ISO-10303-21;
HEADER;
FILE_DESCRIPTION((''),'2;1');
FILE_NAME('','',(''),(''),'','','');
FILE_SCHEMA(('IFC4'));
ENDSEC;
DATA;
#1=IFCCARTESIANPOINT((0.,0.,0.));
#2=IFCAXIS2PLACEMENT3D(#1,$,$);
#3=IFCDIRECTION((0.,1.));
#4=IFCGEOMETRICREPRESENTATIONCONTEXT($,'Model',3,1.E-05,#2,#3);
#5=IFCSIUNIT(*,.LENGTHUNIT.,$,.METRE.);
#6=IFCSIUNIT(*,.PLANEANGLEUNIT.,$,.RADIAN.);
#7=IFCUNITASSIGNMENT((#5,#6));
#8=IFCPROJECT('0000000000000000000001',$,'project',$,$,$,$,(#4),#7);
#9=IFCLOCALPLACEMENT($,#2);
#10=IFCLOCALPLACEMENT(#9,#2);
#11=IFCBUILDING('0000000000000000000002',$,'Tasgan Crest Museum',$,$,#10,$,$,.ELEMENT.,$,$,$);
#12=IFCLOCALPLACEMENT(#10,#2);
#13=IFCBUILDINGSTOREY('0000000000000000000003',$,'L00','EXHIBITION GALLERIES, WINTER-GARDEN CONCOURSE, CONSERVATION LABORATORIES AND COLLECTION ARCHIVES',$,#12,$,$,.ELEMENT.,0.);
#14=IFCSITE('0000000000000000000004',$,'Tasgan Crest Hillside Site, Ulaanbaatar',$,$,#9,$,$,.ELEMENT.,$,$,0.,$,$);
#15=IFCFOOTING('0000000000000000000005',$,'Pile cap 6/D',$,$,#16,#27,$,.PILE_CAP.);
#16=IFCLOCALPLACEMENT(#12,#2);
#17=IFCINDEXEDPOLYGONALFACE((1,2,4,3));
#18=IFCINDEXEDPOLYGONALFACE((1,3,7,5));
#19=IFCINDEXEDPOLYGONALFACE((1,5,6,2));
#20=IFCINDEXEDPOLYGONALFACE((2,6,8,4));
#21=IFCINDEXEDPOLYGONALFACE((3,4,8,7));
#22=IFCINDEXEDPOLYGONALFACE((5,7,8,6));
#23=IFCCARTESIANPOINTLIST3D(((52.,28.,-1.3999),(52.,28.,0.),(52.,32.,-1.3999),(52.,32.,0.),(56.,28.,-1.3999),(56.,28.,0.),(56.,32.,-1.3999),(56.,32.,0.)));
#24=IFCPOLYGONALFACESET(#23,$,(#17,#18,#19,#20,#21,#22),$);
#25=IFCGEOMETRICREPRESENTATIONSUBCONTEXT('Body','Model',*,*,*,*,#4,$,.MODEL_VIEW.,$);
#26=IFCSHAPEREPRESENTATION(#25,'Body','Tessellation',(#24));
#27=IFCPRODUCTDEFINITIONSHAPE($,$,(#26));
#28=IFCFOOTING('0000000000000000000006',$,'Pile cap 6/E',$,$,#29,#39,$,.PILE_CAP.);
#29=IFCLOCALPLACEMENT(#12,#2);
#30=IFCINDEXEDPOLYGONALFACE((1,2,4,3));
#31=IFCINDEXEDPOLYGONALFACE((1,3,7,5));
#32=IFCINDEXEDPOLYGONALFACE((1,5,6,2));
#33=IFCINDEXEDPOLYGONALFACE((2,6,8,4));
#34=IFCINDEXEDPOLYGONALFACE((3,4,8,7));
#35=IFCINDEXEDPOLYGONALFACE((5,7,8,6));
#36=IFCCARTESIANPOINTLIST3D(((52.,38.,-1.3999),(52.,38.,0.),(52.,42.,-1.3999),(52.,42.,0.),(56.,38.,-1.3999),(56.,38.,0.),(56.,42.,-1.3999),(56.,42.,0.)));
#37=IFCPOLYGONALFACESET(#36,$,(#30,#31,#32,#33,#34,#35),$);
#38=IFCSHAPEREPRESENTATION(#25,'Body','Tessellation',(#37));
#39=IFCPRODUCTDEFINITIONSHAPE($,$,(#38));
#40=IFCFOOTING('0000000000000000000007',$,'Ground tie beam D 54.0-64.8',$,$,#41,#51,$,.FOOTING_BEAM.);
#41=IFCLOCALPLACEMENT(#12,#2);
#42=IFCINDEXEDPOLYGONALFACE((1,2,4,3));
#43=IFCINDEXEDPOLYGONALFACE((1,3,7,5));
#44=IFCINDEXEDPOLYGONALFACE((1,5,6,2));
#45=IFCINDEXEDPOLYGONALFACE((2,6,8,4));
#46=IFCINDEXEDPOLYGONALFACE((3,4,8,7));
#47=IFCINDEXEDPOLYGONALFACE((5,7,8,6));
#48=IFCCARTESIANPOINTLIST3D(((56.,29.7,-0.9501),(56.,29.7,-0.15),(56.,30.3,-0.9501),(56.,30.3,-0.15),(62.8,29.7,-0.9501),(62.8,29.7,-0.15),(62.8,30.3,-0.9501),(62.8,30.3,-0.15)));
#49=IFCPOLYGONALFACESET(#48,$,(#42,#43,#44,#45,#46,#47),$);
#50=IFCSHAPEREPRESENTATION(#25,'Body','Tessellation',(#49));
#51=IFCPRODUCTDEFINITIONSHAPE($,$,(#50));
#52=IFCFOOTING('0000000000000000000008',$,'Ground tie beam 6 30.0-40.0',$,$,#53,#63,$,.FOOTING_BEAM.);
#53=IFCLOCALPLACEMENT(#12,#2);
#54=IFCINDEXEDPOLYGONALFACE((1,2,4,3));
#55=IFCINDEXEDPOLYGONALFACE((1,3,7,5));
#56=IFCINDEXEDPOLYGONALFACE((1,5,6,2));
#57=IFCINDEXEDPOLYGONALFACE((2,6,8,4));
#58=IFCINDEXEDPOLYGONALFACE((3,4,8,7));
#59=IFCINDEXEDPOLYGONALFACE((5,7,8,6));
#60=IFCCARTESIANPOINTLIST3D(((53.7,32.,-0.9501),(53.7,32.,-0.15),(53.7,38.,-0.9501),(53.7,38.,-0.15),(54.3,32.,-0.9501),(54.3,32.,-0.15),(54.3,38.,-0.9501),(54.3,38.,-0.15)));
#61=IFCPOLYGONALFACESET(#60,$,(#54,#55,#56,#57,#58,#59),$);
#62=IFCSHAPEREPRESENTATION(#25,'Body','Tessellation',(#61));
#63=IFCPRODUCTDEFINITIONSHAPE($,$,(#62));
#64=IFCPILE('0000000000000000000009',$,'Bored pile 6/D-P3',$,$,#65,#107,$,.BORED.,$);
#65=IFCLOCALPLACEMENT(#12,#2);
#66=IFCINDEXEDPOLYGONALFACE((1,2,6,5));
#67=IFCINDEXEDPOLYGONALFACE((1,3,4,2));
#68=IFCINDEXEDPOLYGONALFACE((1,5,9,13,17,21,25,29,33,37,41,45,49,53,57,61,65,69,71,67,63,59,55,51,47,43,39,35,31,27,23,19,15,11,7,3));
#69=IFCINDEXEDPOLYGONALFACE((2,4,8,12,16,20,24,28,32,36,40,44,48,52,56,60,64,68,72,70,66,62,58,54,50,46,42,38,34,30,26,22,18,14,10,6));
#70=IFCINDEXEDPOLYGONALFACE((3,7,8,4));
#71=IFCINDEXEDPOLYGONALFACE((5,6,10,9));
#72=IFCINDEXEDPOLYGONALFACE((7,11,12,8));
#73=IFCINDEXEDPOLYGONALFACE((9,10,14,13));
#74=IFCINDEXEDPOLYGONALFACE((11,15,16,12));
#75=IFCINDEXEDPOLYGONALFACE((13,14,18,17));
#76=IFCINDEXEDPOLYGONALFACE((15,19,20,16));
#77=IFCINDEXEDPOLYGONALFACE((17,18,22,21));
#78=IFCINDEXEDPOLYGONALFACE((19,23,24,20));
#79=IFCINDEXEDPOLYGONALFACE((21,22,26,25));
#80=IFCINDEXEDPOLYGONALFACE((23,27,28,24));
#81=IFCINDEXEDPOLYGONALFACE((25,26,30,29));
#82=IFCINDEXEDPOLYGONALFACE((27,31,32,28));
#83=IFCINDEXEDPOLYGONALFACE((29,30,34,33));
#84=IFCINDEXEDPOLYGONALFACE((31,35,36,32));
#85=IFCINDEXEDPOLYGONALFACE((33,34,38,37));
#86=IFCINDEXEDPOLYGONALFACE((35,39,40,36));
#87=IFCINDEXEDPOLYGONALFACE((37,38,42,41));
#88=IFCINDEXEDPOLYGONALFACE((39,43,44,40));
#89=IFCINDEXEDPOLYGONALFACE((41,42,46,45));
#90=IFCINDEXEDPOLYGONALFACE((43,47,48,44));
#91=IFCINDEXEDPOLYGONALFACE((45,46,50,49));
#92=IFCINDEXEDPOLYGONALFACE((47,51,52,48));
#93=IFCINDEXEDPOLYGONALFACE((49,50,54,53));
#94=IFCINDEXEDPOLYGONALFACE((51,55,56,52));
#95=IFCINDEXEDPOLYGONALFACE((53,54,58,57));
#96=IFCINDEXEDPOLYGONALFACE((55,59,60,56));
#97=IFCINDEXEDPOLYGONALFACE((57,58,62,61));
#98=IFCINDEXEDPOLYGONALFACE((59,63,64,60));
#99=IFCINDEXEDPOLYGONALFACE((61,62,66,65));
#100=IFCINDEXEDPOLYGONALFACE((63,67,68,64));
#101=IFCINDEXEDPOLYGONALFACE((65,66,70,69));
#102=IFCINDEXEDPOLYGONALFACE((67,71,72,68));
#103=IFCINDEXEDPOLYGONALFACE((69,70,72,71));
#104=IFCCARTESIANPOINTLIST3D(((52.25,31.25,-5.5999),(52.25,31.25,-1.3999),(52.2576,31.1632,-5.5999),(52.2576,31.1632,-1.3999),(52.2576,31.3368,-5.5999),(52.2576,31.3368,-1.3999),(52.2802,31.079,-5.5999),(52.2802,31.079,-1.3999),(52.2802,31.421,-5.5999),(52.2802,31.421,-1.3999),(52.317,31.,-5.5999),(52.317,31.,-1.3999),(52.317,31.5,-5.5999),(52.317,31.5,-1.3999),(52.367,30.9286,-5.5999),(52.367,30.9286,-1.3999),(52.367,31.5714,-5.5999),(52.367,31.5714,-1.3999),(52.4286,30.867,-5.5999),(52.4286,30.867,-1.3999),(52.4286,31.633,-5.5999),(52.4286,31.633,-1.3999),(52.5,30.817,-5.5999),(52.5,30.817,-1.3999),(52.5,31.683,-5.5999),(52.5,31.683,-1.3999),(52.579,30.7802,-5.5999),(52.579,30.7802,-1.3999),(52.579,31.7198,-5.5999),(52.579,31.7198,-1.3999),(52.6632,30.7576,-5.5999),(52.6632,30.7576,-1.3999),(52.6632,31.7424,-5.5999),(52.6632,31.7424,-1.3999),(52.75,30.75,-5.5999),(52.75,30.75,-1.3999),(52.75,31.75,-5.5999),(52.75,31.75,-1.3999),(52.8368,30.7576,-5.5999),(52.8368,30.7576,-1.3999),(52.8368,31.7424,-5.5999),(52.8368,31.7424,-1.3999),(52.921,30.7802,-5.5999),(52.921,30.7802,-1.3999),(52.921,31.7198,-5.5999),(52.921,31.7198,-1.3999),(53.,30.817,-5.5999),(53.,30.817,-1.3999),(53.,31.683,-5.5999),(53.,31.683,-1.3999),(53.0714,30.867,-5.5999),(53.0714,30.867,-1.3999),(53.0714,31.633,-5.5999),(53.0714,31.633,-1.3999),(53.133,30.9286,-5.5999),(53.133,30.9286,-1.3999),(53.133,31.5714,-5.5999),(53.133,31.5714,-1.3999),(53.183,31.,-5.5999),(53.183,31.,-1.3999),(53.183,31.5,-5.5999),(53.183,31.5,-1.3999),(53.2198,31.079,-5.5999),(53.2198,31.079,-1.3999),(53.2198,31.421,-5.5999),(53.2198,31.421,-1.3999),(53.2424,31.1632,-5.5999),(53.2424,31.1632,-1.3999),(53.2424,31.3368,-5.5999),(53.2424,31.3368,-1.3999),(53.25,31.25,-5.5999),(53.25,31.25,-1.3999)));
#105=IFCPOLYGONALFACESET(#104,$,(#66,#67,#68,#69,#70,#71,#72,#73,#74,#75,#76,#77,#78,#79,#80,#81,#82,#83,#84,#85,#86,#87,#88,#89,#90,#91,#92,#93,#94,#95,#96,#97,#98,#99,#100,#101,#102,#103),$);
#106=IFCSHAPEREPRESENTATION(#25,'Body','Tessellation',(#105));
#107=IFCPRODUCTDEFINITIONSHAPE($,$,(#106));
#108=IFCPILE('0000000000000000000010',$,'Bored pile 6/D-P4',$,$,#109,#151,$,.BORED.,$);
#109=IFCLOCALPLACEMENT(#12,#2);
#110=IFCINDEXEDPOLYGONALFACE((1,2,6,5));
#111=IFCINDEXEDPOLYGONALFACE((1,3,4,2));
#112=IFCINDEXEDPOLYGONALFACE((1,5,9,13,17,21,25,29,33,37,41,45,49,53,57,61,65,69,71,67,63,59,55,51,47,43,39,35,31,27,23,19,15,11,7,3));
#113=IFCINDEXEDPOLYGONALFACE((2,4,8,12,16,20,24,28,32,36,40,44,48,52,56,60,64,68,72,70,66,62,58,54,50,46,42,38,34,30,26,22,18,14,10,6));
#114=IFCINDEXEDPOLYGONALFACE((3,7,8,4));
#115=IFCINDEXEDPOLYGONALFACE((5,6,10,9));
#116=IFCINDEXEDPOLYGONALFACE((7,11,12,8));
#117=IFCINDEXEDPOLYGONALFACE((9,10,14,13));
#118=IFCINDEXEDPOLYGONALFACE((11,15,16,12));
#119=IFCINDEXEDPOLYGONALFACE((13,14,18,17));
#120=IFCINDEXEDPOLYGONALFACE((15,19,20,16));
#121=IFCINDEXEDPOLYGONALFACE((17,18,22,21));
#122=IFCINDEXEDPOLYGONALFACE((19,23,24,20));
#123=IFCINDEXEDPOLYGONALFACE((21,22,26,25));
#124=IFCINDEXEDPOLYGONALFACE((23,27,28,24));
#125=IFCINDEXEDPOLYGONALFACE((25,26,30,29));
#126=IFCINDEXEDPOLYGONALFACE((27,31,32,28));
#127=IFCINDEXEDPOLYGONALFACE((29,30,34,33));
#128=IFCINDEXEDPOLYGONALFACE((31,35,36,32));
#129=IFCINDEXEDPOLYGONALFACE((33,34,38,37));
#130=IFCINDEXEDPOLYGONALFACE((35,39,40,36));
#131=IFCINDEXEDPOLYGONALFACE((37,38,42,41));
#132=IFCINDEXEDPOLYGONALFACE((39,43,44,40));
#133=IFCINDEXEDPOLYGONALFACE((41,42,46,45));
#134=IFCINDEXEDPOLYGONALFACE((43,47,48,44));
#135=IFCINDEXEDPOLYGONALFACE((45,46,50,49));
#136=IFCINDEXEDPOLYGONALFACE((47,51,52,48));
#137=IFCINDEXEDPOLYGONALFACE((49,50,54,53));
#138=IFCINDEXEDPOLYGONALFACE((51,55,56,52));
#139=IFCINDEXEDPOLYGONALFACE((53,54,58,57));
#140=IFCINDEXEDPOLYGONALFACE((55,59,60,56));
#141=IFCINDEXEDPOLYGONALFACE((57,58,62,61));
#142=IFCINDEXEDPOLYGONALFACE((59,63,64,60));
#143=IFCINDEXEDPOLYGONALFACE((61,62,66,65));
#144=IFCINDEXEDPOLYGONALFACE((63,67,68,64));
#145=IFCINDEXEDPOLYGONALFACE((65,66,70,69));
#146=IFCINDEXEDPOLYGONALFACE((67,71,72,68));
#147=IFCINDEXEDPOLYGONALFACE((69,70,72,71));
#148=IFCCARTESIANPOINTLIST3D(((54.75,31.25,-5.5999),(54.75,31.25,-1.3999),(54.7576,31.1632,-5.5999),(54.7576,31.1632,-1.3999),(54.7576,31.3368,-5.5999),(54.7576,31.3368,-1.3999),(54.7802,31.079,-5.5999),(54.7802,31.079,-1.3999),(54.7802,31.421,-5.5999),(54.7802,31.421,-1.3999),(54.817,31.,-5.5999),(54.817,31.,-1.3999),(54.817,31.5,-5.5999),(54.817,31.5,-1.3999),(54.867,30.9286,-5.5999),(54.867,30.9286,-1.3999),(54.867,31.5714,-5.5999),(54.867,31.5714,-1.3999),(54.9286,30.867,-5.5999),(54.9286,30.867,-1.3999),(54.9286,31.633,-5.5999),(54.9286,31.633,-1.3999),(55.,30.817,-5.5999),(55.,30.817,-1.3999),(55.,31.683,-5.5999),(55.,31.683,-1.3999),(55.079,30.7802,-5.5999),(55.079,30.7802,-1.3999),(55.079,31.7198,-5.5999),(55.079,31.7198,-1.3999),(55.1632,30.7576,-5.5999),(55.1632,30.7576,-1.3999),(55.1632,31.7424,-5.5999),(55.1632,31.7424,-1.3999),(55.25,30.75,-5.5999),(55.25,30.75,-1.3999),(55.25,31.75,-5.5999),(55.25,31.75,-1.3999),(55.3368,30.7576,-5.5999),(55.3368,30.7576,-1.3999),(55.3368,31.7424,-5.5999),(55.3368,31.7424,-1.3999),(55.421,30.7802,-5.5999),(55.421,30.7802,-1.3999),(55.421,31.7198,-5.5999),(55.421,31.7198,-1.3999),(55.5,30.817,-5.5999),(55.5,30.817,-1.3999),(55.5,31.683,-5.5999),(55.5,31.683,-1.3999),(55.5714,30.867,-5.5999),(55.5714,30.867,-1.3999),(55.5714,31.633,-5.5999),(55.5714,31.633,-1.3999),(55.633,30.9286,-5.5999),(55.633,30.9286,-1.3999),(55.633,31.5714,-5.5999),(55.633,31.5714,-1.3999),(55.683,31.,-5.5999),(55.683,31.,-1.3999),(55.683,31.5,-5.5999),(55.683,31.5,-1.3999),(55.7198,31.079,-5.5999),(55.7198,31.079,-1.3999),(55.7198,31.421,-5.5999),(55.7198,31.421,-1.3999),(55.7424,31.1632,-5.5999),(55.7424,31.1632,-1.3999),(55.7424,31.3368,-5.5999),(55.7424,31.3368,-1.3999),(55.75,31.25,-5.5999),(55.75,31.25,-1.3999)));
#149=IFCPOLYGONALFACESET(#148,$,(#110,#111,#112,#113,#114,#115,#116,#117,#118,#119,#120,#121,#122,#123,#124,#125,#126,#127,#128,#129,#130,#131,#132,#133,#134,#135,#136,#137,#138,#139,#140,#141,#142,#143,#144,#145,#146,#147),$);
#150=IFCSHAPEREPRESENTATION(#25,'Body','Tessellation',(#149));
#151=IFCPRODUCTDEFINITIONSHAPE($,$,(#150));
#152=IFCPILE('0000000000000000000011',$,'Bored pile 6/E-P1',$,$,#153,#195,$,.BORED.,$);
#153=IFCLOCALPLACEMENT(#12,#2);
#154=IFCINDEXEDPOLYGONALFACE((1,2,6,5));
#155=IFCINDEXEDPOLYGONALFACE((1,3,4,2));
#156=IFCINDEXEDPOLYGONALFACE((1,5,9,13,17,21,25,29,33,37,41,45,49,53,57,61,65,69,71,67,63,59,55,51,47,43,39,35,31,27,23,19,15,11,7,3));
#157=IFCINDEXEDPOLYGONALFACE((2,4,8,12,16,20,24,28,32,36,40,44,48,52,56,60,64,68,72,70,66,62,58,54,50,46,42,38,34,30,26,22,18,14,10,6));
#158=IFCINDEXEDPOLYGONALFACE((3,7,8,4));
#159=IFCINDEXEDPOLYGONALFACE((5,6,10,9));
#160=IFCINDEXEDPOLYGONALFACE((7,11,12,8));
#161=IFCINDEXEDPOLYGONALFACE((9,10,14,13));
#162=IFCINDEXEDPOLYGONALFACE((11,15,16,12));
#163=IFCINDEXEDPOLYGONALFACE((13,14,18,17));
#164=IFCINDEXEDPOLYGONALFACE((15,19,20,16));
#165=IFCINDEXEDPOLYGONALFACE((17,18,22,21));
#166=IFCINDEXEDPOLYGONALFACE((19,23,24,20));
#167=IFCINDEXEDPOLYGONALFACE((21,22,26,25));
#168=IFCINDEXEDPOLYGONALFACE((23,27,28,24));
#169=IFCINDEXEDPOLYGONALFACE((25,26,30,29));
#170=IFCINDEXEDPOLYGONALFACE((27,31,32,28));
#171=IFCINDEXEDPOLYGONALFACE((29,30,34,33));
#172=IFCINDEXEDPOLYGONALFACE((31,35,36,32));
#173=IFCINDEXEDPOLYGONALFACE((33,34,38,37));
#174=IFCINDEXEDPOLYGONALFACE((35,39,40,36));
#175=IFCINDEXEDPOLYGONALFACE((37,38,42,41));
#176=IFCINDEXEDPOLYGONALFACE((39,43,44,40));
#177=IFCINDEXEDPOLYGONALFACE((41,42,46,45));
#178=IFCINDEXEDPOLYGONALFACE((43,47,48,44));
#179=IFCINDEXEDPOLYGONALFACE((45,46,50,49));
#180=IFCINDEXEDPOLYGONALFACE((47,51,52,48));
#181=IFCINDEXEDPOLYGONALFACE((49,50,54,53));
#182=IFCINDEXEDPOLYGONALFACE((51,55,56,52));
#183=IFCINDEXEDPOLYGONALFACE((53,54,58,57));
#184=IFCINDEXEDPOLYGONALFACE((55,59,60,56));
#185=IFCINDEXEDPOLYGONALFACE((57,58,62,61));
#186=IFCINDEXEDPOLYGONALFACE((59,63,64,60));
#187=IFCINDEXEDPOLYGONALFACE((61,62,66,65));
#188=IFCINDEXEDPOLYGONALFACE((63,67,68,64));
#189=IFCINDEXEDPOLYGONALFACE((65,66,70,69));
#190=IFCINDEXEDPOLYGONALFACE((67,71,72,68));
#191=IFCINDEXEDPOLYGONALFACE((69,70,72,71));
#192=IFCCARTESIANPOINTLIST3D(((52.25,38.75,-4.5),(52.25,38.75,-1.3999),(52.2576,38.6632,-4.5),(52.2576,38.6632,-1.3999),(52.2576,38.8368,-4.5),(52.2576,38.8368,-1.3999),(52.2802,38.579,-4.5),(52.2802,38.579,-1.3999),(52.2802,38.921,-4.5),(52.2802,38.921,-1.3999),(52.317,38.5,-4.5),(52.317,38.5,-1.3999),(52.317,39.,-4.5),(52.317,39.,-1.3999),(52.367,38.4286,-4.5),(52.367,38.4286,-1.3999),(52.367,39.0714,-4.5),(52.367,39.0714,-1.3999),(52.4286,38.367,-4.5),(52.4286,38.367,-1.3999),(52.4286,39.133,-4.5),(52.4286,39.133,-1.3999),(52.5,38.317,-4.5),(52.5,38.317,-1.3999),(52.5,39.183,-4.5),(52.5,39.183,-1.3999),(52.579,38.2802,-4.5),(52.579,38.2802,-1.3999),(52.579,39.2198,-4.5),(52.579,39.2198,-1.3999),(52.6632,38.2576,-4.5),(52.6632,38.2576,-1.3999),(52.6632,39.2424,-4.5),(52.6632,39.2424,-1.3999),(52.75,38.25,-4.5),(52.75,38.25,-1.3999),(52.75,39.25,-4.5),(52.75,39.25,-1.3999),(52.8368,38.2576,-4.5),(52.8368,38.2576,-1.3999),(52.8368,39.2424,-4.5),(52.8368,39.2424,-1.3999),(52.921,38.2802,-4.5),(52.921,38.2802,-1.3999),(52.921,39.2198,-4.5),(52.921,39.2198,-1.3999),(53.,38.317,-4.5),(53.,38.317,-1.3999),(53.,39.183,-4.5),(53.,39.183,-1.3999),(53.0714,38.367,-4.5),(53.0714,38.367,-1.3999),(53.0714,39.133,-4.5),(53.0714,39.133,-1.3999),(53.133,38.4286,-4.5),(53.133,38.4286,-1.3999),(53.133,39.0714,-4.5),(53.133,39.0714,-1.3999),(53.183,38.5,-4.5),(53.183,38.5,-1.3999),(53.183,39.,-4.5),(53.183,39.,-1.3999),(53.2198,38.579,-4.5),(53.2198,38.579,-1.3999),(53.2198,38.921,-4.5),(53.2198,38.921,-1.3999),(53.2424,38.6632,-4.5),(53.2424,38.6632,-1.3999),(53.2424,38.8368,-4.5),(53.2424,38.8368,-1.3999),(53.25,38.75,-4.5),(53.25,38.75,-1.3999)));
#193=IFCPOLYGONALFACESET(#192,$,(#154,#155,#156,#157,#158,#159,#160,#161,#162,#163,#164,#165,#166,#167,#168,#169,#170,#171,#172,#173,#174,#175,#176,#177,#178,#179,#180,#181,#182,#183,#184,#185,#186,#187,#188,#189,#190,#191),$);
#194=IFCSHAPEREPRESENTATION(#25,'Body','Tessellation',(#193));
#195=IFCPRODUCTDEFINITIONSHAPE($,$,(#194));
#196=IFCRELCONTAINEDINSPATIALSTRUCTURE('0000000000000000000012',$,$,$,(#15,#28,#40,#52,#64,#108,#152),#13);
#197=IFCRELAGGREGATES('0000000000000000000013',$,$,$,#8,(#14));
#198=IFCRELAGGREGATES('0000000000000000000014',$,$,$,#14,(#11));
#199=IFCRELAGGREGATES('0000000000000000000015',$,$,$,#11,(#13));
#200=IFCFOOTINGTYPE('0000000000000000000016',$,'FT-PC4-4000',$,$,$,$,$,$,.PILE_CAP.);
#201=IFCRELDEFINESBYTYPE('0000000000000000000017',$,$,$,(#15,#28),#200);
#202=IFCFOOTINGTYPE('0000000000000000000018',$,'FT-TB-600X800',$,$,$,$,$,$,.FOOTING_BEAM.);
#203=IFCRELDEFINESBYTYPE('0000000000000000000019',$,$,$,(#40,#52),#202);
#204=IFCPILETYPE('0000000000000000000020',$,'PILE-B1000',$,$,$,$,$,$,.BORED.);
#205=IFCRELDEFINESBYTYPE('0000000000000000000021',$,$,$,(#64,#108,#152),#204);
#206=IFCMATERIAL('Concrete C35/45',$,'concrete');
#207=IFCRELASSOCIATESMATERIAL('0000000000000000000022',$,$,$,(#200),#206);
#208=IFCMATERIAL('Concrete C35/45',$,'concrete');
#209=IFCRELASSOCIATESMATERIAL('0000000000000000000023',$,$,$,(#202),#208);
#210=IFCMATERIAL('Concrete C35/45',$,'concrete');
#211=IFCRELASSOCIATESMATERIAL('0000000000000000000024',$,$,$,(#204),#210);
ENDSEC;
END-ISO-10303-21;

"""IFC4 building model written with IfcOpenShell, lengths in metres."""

from ifc_helpers import new_model, si_unit, direction, frame, origin, origin_2d, place, context, subcontext, project, spatial, rectangle, circle, extrude, material, material_profile, profile_set, type_object, element, save


model = new_model("IFC4")

# Units and contexts
model_context = context("Model", 3, precision=1e-05, world=origin(), true_north=direction((0.0, 1.0)))
body_context = subcontext(model_context, "Body", "Model", "MODEL_VIEW")
ifc_project = project(units=[si_unit("LENGTHUNIT", "METRE"), si_unit("PLANEANGLEUNIT", "RADIAN")], contexts=[model_context])

# Site, building, storey
site_placement = place(None, origin())
site = spatial("IfcSite", under=ifc_project, at=site_placement, Name="Tasgan Crest Hillside Site, Ulaanbaatar", CompositionType="ELEMENT", RefElevation=0.0)
building_placement = place(site_placement, origin())
building = spatial("IfcBuilding", under=site, at=building_placement, Name="Tasgan Crest Museum", CompositionType="ELEMENT")
storey_placement = place(building_placement, origin())
storey = spatial("IfcBuildingStorey", under=building, at=storey_placement, Name="L00", Description="EXHIBITION GALLERIES, WINTER-GARDEN CONCOURSE, CONSERVATION LABORATORIES AND COLLECTION ARCHIVES", CompositionType="ELEMENT", Elevation=0.0)

# Footings
ifc_material_1 = material(Name="Concrete C35/45", Category="concrete")
footing_type_1 = type_object("IfcFootingType", Name="FT-PC4-4000", PredefinedType="PILE_CAP", material=ifc_material_1)
for number, where, z_axis, x_axis, name in (
    (1, (54.0, 30.0, -1.3999), (0.0, 0.0, 1.0), (1.0, 0.0, 0.0), "Pile cap 6/D"),
    (2, (54.0, 40.0, -1.3999), (0.0, 0.0, 1.0), (1.0, 0.0, 0.0), "Pile cap 6/E"),
):
    element("IfcFooting", number, at=place(storey_placement, frame(where, z_axis=z_axis, x_axis=x_axis)), inside=storey, type_object=footing_type_1, Name=name, PredefinedType="PILE_CAP", context=body_context, shape_type="SweptSolid", body=[
        extrude(rectangle(XDim=4.0, YDim=4.0, at=origin_2d()), origin(), (0.0, 0.0, 1.0), 1.3999),
    ])
ifc_material_2 = material(Name="Concrete C35/45", Category="concrete")
ifc_material_profile_1 = material_profile(ifc_material_2, rectangle(XDim=0.6001, YDim=0.8, at=origin_2d()), Name="TB 600x800")
ifc_profile_set_1 = profile_set([ifc_material_profile_1], Name="Concrete C35/45")
footing_type_2 = type_object("IfcFootingType", Name="FT-TB-600X800", PredefinedType="FOOTING_BEAM", material=ifc_profile_set_1)
footing_1_placement = place(storey_placement, frame((56.0, 30.0, -0.55), z_axis=(1.0, 0.0, 0.0), x_axis=(0.0, 1.0, 0.0)))
element("IfcFooting", 3, at=footing_1_placement, inside=storey, type_object=footing_type_2, Name="Ground tie beam D 54.0-64.8", PredefinedType="FOOTING_BEAM", context=body_context, shape_type="SweptSolid", body=[
    extrude(rectangle(XDim=0.6001, YDim=0.8, at=origin_2d()), origin(), (0.0, 0.0, 1.0), 6.8),
])
footing_2_placement = place(storey_placement, frame((54.0, 32.0, -0.55), z_axis=(0.0, 1.0, 0.0), x_axis=(-1.0, 0.0, 0.0)))
element("IfcFooting", 4, at=footing_2_placement, inside=storey, type_object=footing_type_2, Name="Ground tie beam 6 30.0-40.0", PredefinedType="FOOTING_BEAM", context=body_context, shape_type="SweptSolid", body=[
    extrude(rectangle(XDim=0.6001, YDim=0.8, at=origin_2d()), origin(), (0.0, 0.0, 1.0), 6.0),
])

# Piles
ifc_material_3 = material(Name="Concrete C35/45", Category="concrete")
ifc_material_profile_2 = material_profile(ifc_material_3, circle(Radius=0.5, at=origin_2d()), Name="PILE D1000")
ifc_profile_set_2 = profile_set([ifc_material_profile_2], Name="Concrete C35/45")
pile_type = type_object("IfcPileType", Name="PILE-B1000", PredefinedType="BORED", material=ifc_profile_set_2)
for number, where, z_axis, x_axis, name in (
    (5, (52.75, 31.25, -1.3999), (0.0, 0.0, -1.0), (1.0, 0.0, 0.0), "Bored pile 6/D-P3"),
    (6, (55.25, 31.25, -1.3999), (0.0, 0.0, -1.0), (1.0, 0.0, 0.0), "Bored pile 6/D-P4"),
):
    element("IfcPile", number, at=place(storey_placement, frame(where, z_axis=z_axis, x_axis=x_axis)), inside=storey, type_object=pile_type, Name=name, PredefinedType="BORED", context=body_context, shape_type="SweptSolid", body=[
        extrude(circle(Radius=0.5, at=origin_2d()), origin(), (0.0, 0.0, 1.0), 4.2),
    ])
for number, where, z_axis, x_axis, name in (
    (7, (52.75, 38.75, -1.3999), (0.0, 0.0, -1.0), (1.0, 0.0, 0.0), "Bored pile 6/E-P1"),
):
    element("IfcPile", number, at=place(storey_placement, frame(where, z_axis=z_axis, x_axis=x_axis)), inside=storey, type_object=pile_type, Name=name, PredefinedType="BORED", context=body_context, shape_type="SweptSolid", body=[
        extrude(circle(Radius=0.5, at=origin_2d()), origin(), (0.0, 0.0, 1.0), 3.1001),
    ])

save(model, "model.ifc")
